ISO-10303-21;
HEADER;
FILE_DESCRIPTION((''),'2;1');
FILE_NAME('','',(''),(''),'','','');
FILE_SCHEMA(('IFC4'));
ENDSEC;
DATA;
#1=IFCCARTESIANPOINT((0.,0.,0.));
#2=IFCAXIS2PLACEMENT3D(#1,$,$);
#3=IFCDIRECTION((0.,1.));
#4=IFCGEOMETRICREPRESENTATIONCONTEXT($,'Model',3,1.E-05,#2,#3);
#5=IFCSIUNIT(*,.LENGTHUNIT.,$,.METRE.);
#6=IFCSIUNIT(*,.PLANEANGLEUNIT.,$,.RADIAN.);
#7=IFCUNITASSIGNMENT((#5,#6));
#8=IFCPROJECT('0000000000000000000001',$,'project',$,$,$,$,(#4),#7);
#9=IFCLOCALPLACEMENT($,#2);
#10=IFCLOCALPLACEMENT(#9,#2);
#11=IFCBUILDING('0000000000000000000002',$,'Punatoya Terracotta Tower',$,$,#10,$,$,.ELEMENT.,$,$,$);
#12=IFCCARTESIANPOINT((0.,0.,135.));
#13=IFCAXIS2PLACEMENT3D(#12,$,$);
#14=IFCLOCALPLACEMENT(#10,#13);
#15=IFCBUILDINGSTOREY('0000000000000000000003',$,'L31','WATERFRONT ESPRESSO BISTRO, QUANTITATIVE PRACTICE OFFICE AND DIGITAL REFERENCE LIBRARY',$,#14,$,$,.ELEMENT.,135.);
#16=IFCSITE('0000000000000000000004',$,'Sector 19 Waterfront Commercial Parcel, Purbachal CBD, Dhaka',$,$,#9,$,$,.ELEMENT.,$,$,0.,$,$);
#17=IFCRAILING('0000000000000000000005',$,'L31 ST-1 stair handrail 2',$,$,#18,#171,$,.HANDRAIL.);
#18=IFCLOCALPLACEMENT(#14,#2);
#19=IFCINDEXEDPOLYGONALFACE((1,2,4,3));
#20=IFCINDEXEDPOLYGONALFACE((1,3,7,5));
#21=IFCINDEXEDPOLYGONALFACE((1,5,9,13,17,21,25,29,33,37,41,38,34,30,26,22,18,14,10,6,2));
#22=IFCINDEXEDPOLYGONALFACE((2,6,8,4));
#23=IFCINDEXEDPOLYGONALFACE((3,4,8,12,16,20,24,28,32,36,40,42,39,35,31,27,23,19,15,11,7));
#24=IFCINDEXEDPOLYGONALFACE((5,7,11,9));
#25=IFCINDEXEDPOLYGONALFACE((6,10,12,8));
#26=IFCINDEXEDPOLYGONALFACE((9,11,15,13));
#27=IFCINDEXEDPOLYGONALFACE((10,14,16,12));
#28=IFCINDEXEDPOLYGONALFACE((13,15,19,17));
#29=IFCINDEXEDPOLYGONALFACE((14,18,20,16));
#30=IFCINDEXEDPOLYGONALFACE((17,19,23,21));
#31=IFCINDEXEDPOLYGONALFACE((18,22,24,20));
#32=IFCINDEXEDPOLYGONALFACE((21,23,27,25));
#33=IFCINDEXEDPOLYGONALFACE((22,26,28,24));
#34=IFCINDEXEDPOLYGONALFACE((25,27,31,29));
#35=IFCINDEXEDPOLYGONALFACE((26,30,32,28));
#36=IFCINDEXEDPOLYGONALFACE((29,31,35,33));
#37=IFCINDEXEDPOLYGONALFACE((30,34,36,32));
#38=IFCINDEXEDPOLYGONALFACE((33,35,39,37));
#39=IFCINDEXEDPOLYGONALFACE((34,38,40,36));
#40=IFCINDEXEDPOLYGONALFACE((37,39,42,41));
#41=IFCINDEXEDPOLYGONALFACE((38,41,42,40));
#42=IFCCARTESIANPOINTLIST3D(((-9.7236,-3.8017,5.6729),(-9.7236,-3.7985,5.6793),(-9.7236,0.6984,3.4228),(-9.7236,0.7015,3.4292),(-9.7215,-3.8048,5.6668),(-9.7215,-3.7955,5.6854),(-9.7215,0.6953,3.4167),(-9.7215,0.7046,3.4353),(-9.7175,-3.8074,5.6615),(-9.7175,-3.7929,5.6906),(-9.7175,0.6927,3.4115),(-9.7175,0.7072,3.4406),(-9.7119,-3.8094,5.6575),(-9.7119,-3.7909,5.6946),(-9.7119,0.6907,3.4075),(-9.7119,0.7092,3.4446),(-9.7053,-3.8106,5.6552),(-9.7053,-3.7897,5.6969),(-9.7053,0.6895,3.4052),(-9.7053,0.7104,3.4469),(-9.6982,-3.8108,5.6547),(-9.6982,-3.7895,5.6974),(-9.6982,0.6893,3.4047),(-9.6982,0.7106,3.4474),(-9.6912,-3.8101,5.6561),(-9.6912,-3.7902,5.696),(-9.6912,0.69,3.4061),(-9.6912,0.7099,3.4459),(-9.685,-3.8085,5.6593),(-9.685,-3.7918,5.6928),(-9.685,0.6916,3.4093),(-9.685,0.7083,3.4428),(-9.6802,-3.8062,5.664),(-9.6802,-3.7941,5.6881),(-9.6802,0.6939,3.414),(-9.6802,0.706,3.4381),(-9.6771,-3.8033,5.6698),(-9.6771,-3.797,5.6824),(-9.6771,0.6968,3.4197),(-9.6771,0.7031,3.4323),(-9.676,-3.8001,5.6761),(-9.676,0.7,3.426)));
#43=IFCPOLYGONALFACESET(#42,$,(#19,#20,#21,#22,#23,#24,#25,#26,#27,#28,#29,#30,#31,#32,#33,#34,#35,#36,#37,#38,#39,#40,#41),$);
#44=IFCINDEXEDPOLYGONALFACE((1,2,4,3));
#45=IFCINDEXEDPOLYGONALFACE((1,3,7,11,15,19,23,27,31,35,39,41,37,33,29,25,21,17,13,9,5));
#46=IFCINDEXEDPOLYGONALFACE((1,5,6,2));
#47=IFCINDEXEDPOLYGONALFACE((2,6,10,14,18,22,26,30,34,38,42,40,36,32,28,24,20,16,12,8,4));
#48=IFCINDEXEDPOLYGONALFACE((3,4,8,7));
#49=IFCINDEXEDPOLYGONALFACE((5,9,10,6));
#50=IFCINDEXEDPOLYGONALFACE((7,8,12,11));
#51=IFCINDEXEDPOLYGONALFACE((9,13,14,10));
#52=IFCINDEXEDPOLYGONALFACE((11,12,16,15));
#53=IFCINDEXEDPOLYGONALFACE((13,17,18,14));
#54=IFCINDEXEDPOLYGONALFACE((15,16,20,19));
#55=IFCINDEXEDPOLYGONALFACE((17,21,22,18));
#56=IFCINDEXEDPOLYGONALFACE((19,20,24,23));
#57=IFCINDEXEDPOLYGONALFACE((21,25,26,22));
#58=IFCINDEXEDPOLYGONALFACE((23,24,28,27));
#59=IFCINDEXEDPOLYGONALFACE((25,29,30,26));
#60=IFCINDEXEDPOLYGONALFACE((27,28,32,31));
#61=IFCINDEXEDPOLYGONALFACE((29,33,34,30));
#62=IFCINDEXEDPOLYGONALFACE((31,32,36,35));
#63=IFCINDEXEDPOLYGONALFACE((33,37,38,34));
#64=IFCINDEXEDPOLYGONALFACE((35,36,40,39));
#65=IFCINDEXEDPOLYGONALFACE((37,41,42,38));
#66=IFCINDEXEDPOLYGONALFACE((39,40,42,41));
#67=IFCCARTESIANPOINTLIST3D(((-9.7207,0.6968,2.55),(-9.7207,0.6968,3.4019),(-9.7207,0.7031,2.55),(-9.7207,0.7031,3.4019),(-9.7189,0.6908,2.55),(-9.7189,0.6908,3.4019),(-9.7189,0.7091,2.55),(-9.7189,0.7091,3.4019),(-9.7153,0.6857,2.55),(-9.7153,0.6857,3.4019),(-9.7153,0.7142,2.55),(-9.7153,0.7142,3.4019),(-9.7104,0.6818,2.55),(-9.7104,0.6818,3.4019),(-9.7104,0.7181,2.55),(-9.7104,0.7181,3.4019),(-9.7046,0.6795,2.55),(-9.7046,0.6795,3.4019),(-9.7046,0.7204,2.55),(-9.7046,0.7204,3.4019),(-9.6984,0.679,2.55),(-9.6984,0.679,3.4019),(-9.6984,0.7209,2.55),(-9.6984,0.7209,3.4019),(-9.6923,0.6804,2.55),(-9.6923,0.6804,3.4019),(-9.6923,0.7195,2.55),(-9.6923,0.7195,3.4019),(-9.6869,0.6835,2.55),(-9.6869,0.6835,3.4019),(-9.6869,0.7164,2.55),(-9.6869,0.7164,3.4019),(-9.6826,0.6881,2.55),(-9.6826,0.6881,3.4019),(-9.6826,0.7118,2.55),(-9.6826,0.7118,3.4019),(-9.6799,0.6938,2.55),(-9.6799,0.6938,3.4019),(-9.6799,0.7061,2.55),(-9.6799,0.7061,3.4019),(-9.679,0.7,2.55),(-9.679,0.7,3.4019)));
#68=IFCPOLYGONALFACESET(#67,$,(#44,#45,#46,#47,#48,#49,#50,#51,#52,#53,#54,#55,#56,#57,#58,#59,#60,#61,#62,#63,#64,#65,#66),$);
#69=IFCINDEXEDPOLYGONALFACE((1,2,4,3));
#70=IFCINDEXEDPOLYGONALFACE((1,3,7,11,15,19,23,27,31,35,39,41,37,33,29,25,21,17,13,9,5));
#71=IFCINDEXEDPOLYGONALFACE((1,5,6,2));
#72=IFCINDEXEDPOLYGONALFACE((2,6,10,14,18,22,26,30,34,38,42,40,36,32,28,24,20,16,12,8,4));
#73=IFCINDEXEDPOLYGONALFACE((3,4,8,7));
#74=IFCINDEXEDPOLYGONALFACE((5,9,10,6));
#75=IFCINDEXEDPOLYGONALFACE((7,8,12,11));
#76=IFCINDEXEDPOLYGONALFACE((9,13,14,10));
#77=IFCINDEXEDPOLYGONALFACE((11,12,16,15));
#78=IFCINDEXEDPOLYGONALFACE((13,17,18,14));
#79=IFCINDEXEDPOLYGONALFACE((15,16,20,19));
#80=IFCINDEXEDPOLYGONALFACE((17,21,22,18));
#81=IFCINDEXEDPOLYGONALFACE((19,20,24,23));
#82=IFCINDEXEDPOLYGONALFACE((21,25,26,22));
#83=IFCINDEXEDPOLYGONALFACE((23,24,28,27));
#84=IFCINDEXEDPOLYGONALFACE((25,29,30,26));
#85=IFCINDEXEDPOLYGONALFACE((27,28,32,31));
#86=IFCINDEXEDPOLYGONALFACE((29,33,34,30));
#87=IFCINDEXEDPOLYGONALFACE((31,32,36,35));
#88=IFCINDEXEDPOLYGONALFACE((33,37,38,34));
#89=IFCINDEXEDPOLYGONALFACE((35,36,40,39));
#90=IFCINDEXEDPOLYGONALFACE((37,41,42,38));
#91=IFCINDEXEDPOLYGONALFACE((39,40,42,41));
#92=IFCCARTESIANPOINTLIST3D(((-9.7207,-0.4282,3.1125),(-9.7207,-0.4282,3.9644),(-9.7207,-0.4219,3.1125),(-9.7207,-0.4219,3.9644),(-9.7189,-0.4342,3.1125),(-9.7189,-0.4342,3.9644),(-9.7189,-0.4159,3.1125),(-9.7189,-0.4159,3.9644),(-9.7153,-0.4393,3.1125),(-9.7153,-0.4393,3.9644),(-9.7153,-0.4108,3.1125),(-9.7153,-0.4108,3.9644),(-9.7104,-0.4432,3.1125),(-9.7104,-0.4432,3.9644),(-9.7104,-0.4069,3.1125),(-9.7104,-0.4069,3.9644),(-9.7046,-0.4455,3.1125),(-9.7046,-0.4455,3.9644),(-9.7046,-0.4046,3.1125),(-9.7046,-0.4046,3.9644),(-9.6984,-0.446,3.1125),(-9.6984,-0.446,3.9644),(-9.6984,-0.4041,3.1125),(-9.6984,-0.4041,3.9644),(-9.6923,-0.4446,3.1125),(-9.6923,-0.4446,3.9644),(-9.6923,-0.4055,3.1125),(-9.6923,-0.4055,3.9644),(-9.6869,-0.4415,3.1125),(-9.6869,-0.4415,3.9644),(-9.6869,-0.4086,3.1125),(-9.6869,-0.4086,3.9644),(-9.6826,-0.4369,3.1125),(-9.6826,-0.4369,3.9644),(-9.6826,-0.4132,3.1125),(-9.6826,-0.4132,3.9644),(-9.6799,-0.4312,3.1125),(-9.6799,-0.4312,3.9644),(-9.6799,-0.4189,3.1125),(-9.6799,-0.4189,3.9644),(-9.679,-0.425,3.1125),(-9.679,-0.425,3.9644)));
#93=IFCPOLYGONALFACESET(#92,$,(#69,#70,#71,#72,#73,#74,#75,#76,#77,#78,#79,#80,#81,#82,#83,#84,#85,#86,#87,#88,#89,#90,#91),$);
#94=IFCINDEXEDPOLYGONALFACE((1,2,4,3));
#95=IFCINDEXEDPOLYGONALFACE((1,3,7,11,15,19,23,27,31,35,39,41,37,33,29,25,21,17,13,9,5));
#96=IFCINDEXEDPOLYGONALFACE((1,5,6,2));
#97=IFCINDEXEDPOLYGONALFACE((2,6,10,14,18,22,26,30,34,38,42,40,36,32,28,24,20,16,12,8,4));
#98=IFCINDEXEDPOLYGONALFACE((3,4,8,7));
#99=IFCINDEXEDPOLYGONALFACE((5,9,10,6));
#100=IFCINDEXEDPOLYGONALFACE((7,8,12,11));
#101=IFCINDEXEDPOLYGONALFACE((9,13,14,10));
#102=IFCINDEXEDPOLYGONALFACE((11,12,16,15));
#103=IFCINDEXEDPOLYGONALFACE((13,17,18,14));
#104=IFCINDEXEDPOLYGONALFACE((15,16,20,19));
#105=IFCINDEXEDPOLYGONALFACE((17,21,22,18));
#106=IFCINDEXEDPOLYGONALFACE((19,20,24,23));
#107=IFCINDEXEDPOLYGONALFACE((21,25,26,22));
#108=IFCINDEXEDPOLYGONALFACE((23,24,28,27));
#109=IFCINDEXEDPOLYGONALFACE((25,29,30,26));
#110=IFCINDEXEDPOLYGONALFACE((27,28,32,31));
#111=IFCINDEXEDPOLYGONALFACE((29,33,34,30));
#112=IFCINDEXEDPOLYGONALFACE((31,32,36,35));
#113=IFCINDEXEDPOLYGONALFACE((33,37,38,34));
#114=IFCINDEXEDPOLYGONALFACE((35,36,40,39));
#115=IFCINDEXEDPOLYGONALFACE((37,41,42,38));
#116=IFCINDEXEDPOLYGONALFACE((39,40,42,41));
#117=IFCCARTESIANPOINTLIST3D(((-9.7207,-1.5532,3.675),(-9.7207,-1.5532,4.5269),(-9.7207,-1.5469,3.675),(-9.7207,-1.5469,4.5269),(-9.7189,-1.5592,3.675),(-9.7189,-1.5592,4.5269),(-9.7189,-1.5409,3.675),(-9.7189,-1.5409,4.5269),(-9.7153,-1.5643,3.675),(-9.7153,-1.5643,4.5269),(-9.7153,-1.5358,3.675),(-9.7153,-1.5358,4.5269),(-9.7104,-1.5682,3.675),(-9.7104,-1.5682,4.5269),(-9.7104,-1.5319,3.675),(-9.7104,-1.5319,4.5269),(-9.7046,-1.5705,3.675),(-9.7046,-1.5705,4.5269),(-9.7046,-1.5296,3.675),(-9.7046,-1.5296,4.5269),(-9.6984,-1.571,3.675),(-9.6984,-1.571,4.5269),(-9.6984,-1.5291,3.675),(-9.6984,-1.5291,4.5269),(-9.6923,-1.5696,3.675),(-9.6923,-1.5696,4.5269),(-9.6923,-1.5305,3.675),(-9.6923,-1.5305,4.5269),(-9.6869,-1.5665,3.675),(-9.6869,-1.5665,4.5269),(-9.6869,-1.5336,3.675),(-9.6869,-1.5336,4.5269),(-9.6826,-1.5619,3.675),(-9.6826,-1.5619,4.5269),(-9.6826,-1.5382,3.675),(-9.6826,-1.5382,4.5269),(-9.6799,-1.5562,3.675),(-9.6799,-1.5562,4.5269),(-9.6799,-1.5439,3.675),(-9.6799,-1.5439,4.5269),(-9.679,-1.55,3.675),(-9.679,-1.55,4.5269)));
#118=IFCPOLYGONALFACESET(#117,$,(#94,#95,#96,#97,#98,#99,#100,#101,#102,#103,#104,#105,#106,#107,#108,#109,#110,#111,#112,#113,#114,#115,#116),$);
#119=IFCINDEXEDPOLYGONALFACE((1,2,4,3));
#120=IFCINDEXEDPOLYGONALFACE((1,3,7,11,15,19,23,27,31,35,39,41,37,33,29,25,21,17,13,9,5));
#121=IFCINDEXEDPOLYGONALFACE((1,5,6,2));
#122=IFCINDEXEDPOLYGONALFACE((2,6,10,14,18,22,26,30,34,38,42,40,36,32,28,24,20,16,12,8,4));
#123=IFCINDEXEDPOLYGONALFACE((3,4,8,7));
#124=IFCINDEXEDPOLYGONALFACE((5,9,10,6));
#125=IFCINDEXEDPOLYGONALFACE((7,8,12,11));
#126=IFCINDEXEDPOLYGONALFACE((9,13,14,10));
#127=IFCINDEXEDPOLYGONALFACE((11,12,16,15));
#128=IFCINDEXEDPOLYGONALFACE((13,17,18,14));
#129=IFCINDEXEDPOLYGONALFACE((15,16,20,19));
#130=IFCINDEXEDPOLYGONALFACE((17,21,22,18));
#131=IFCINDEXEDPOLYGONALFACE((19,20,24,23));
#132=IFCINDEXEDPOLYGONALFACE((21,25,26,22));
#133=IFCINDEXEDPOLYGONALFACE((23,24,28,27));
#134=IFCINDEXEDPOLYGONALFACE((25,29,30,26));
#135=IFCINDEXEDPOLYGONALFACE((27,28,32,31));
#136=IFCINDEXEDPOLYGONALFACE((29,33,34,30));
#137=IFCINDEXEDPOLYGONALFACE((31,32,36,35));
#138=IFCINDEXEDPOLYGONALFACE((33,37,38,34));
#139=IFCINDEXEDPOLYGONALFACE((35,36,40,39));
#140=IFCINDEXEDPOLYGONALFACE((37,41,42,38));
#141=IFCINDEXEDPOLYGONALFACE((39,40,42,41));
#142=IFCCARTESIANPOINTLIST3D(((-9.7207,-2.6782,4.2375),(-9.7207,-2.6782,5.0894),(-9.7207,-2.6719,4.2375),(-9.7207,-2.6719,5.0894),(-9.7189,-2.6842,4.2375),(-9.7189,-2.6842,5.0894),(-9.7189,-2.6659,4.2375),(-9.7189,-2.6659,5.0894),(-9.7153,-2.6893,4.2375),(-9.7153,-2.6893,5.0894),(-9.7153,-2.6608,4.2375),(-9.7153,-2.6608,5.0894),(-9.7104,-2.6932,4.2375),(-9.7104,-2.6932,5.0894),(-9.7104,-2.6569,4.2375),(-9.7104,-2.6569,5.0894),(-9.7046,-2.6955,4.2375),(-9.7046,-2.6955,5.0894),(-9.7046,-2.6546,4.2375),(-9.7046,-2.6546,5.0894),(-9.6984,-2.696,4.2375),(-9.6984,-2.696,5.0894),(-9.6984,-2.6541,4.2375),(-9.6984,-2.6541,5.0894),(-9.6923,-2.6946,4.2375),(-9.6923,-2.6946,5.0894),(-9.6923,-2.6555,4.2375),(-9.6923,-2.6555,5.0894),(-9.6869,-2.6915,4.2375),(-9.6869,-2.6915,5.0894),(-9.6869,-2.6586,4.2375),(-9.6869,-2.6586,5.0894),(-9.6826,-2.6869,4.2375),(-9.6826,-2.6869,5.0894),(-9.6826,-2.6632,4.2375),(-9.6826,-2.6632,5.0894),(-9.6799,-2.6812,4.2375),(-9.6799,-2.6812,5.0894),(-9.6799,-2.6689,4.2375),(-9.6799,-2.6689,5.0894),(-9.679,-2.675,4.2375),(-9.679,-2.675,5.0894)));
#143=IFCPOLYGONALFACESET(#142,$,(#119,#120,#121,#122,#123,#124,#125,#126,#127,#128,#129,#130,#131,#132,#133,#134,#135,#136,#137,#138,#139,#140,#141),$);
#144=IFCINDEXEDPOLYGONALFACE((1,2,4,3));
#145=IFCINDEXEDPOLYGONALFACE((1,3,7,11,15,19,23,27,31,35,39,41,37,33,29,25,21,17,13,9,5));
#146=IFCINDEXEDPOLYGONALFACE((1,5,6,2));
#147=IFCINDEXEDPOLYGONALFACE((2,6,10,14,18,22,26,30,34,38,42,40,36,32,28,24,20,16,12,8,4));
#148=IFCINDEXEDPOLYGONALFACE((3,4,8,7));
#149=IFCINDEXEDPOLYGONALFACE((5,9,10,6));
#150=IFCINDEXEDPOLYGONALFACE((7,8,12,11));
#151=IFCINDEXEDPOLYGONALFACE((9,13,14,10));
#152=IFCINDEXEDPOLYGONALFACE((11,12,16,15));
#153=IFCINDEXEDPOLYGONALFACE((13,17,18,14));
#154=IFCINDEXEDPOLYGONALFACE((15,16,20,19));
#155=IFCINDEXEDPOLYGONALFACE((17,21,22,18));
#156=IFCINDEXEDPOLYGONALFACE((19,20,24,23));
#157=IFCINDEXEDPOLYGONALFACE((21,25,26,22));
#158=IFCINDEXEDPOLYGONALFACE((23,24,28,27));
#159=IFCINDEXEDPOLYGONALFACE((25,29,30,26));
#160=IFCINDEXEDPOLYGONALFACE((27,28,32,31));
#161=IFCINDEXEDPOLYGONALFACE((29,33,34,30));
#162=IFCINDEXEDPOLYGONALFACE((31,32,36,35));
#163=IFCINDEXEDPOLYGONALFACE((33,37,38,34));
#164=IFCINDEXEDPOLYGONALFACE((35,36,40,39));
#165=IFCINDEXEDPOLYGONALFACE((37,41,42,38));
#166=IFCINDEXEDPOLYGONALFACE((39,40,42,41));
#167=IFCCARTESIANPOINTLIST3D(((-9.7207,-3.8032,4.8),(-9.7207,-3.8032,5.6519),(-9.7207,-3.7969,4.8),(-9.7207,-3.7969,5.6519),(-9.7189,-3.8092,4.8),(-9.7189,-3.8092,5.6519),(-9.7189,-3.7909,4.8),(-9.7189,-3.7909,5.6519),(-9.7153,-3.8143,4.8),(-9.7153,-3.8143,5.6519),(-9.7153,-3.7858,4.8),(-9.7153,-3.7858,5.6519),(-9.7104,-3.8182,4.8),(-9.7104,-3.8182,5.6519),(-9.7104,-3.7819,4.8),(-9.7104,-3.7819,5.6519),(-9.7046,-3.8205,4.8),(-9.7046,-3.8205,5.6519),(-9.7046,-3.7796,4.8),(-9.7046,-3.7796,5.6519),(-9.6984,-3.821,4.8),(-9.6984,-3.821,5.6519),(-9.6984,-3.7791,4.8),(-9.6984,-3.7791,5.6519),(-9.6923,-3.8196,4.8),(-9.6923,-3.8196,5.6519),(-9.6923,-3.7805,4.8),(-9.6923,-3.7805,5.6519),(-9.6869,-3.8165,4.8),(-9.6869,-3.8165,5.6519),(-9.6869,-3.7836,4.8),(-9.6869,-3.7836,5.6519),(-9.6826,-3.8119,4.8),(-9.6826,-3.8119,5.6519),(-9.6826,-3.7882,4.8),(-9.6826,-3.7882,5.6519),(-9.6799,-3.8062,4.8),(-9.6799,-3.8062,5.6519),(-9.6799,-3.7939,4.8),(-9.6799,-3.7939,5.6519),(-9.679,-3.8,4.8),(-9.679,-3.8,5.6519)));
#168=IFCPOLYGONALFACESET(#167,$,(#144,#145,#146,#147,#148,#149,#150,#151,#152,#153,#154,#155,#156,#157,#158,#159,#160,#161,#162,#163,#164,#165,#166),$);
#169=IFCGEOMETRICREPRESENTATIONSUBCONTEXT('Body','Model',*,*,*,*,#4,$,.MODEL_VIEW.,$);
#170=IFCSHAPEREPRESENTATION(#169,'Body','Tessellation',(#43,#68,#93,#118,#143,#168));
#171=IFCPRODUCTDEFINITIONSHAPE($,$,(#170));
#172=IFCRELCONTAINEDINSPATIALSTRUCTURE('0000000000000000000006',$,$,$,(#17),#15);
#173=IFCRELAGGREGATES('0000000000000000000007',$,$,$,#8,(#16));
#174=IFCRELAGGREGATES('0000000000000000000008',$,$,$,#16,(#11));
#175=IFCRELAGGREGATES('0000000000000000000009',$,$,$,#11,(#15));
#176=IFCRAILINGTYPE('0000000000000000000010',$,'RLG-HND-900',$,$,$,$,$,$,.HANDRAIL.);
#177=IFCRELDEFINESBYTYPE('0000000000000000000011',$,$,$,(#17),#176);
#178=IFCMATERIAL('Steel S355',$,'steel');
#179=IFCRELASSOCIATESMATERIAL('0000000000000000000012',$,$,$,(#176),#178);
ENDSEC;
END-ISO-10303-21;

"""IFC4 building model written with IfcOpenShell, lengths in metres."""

from ifc_helpers import new_model, si_unit, direction, frame, origin, origin_2d, place, context, subcontext, project, spatial, circle, extrude, material, type_object, element, save


model = new_model("IFC4")

# Units and contexts
model_context = context("Model", 3, precision=1e-05, world=origin(), true_north=direction((0.0, 1.0)))
body_context = subcontext(model_context, "Body", "Model", "MODEL_VIEW")
ifc_project = project(units=[si_unit("LENGTHUNIT", "METRE"), si_unit("PLANEANGLEUNIT", "RADIAN")], contexts=[model_context])

# Site, building, storey
site_placement = place(None, origin())
site = spatial("IfcSite", under=ifc_project, at=site_placement, Name="Sector 19 Waterfront Commercial Parcel, Purbachal CBD, Dhaka", CompositionType="ELEMENT", RefElevation=0.0)
building_placement = place(site_placement, origin())
building = spatial("IfcBuilding", under=site, at=building_placement, Name="Punatoya Terracotta Tower", CompositionType="ELEMENT")
storey_placement = place(building_placement, frame((0.0, 0.0, 135.0)))
storey = spatial("IfcBuildingStorey", under=building, at=storey_placement, Name="L31", Description="WATERFRONT ESPRESSO BISTRO, QUANTITATIVE PRACTICE OFFICE AND DIGITAL REFERENCE LIBRARY", CompositionType="ELEMENT", Elevation=135.0)

# Shared definitions
ifc_material_1 = material(Name="Steel S355", Category="steel")

# Railing
railing_type_1 = type_object("IfcRailingType", Name="RLG-HND-900", PredefinedType="HANDRAIL", material=ifc_material_1)
railing_1_placement = place(storey_placement, frame((-9.7, 0.7, 2.55)))
element("IfcRailing", 1, at=railing_1_placement, inside=storey, type_object=railing_type_1, Name="L31 ST-1 stair handrail 2", PredefinedType="HANDRAIL", context=body_context, shape_type="SweptSolid", body=[
    extrude(circle(Radius=0.0239, at=origin_2d()), frame((0.0, 0.0, 0.876), z_axis=(0.0, -0.894427, 0.447214), x_axis=(1.0, 0.0, 0.0)), (0.0, 0.0, 1.0), 5.0312),
    extrude(circle(Radius=0.021, at=origin_2d()), origin(), (0.0, 0.0, 1.0), 0.8518),
    extrude(circle(Radius=0.021, at=origin_2d()), frame((0.0, -1.125, 0.5625)), (0.0, 0.0, 1.0), 0.8518),
    extrude(circle(Radius=0.021, at=origin_2d()), frame((0.0, -2.25, 1.125)), (0.0, 0.0, 1.0), 0.8518),
    extrude(circle(Radius=0.021, at=origin_2d()), frame((0.0, -3.375, 1.6875)), (0.0, 0.0, 1.0), 0.8518),
    extrude(circle(Radius=0.021, at=origin_2d()), frame((0.0, -4.5, 2.25)), (0.0, 0.0, 1.0), 0.8518),
])

save(model, "model.ifc")
